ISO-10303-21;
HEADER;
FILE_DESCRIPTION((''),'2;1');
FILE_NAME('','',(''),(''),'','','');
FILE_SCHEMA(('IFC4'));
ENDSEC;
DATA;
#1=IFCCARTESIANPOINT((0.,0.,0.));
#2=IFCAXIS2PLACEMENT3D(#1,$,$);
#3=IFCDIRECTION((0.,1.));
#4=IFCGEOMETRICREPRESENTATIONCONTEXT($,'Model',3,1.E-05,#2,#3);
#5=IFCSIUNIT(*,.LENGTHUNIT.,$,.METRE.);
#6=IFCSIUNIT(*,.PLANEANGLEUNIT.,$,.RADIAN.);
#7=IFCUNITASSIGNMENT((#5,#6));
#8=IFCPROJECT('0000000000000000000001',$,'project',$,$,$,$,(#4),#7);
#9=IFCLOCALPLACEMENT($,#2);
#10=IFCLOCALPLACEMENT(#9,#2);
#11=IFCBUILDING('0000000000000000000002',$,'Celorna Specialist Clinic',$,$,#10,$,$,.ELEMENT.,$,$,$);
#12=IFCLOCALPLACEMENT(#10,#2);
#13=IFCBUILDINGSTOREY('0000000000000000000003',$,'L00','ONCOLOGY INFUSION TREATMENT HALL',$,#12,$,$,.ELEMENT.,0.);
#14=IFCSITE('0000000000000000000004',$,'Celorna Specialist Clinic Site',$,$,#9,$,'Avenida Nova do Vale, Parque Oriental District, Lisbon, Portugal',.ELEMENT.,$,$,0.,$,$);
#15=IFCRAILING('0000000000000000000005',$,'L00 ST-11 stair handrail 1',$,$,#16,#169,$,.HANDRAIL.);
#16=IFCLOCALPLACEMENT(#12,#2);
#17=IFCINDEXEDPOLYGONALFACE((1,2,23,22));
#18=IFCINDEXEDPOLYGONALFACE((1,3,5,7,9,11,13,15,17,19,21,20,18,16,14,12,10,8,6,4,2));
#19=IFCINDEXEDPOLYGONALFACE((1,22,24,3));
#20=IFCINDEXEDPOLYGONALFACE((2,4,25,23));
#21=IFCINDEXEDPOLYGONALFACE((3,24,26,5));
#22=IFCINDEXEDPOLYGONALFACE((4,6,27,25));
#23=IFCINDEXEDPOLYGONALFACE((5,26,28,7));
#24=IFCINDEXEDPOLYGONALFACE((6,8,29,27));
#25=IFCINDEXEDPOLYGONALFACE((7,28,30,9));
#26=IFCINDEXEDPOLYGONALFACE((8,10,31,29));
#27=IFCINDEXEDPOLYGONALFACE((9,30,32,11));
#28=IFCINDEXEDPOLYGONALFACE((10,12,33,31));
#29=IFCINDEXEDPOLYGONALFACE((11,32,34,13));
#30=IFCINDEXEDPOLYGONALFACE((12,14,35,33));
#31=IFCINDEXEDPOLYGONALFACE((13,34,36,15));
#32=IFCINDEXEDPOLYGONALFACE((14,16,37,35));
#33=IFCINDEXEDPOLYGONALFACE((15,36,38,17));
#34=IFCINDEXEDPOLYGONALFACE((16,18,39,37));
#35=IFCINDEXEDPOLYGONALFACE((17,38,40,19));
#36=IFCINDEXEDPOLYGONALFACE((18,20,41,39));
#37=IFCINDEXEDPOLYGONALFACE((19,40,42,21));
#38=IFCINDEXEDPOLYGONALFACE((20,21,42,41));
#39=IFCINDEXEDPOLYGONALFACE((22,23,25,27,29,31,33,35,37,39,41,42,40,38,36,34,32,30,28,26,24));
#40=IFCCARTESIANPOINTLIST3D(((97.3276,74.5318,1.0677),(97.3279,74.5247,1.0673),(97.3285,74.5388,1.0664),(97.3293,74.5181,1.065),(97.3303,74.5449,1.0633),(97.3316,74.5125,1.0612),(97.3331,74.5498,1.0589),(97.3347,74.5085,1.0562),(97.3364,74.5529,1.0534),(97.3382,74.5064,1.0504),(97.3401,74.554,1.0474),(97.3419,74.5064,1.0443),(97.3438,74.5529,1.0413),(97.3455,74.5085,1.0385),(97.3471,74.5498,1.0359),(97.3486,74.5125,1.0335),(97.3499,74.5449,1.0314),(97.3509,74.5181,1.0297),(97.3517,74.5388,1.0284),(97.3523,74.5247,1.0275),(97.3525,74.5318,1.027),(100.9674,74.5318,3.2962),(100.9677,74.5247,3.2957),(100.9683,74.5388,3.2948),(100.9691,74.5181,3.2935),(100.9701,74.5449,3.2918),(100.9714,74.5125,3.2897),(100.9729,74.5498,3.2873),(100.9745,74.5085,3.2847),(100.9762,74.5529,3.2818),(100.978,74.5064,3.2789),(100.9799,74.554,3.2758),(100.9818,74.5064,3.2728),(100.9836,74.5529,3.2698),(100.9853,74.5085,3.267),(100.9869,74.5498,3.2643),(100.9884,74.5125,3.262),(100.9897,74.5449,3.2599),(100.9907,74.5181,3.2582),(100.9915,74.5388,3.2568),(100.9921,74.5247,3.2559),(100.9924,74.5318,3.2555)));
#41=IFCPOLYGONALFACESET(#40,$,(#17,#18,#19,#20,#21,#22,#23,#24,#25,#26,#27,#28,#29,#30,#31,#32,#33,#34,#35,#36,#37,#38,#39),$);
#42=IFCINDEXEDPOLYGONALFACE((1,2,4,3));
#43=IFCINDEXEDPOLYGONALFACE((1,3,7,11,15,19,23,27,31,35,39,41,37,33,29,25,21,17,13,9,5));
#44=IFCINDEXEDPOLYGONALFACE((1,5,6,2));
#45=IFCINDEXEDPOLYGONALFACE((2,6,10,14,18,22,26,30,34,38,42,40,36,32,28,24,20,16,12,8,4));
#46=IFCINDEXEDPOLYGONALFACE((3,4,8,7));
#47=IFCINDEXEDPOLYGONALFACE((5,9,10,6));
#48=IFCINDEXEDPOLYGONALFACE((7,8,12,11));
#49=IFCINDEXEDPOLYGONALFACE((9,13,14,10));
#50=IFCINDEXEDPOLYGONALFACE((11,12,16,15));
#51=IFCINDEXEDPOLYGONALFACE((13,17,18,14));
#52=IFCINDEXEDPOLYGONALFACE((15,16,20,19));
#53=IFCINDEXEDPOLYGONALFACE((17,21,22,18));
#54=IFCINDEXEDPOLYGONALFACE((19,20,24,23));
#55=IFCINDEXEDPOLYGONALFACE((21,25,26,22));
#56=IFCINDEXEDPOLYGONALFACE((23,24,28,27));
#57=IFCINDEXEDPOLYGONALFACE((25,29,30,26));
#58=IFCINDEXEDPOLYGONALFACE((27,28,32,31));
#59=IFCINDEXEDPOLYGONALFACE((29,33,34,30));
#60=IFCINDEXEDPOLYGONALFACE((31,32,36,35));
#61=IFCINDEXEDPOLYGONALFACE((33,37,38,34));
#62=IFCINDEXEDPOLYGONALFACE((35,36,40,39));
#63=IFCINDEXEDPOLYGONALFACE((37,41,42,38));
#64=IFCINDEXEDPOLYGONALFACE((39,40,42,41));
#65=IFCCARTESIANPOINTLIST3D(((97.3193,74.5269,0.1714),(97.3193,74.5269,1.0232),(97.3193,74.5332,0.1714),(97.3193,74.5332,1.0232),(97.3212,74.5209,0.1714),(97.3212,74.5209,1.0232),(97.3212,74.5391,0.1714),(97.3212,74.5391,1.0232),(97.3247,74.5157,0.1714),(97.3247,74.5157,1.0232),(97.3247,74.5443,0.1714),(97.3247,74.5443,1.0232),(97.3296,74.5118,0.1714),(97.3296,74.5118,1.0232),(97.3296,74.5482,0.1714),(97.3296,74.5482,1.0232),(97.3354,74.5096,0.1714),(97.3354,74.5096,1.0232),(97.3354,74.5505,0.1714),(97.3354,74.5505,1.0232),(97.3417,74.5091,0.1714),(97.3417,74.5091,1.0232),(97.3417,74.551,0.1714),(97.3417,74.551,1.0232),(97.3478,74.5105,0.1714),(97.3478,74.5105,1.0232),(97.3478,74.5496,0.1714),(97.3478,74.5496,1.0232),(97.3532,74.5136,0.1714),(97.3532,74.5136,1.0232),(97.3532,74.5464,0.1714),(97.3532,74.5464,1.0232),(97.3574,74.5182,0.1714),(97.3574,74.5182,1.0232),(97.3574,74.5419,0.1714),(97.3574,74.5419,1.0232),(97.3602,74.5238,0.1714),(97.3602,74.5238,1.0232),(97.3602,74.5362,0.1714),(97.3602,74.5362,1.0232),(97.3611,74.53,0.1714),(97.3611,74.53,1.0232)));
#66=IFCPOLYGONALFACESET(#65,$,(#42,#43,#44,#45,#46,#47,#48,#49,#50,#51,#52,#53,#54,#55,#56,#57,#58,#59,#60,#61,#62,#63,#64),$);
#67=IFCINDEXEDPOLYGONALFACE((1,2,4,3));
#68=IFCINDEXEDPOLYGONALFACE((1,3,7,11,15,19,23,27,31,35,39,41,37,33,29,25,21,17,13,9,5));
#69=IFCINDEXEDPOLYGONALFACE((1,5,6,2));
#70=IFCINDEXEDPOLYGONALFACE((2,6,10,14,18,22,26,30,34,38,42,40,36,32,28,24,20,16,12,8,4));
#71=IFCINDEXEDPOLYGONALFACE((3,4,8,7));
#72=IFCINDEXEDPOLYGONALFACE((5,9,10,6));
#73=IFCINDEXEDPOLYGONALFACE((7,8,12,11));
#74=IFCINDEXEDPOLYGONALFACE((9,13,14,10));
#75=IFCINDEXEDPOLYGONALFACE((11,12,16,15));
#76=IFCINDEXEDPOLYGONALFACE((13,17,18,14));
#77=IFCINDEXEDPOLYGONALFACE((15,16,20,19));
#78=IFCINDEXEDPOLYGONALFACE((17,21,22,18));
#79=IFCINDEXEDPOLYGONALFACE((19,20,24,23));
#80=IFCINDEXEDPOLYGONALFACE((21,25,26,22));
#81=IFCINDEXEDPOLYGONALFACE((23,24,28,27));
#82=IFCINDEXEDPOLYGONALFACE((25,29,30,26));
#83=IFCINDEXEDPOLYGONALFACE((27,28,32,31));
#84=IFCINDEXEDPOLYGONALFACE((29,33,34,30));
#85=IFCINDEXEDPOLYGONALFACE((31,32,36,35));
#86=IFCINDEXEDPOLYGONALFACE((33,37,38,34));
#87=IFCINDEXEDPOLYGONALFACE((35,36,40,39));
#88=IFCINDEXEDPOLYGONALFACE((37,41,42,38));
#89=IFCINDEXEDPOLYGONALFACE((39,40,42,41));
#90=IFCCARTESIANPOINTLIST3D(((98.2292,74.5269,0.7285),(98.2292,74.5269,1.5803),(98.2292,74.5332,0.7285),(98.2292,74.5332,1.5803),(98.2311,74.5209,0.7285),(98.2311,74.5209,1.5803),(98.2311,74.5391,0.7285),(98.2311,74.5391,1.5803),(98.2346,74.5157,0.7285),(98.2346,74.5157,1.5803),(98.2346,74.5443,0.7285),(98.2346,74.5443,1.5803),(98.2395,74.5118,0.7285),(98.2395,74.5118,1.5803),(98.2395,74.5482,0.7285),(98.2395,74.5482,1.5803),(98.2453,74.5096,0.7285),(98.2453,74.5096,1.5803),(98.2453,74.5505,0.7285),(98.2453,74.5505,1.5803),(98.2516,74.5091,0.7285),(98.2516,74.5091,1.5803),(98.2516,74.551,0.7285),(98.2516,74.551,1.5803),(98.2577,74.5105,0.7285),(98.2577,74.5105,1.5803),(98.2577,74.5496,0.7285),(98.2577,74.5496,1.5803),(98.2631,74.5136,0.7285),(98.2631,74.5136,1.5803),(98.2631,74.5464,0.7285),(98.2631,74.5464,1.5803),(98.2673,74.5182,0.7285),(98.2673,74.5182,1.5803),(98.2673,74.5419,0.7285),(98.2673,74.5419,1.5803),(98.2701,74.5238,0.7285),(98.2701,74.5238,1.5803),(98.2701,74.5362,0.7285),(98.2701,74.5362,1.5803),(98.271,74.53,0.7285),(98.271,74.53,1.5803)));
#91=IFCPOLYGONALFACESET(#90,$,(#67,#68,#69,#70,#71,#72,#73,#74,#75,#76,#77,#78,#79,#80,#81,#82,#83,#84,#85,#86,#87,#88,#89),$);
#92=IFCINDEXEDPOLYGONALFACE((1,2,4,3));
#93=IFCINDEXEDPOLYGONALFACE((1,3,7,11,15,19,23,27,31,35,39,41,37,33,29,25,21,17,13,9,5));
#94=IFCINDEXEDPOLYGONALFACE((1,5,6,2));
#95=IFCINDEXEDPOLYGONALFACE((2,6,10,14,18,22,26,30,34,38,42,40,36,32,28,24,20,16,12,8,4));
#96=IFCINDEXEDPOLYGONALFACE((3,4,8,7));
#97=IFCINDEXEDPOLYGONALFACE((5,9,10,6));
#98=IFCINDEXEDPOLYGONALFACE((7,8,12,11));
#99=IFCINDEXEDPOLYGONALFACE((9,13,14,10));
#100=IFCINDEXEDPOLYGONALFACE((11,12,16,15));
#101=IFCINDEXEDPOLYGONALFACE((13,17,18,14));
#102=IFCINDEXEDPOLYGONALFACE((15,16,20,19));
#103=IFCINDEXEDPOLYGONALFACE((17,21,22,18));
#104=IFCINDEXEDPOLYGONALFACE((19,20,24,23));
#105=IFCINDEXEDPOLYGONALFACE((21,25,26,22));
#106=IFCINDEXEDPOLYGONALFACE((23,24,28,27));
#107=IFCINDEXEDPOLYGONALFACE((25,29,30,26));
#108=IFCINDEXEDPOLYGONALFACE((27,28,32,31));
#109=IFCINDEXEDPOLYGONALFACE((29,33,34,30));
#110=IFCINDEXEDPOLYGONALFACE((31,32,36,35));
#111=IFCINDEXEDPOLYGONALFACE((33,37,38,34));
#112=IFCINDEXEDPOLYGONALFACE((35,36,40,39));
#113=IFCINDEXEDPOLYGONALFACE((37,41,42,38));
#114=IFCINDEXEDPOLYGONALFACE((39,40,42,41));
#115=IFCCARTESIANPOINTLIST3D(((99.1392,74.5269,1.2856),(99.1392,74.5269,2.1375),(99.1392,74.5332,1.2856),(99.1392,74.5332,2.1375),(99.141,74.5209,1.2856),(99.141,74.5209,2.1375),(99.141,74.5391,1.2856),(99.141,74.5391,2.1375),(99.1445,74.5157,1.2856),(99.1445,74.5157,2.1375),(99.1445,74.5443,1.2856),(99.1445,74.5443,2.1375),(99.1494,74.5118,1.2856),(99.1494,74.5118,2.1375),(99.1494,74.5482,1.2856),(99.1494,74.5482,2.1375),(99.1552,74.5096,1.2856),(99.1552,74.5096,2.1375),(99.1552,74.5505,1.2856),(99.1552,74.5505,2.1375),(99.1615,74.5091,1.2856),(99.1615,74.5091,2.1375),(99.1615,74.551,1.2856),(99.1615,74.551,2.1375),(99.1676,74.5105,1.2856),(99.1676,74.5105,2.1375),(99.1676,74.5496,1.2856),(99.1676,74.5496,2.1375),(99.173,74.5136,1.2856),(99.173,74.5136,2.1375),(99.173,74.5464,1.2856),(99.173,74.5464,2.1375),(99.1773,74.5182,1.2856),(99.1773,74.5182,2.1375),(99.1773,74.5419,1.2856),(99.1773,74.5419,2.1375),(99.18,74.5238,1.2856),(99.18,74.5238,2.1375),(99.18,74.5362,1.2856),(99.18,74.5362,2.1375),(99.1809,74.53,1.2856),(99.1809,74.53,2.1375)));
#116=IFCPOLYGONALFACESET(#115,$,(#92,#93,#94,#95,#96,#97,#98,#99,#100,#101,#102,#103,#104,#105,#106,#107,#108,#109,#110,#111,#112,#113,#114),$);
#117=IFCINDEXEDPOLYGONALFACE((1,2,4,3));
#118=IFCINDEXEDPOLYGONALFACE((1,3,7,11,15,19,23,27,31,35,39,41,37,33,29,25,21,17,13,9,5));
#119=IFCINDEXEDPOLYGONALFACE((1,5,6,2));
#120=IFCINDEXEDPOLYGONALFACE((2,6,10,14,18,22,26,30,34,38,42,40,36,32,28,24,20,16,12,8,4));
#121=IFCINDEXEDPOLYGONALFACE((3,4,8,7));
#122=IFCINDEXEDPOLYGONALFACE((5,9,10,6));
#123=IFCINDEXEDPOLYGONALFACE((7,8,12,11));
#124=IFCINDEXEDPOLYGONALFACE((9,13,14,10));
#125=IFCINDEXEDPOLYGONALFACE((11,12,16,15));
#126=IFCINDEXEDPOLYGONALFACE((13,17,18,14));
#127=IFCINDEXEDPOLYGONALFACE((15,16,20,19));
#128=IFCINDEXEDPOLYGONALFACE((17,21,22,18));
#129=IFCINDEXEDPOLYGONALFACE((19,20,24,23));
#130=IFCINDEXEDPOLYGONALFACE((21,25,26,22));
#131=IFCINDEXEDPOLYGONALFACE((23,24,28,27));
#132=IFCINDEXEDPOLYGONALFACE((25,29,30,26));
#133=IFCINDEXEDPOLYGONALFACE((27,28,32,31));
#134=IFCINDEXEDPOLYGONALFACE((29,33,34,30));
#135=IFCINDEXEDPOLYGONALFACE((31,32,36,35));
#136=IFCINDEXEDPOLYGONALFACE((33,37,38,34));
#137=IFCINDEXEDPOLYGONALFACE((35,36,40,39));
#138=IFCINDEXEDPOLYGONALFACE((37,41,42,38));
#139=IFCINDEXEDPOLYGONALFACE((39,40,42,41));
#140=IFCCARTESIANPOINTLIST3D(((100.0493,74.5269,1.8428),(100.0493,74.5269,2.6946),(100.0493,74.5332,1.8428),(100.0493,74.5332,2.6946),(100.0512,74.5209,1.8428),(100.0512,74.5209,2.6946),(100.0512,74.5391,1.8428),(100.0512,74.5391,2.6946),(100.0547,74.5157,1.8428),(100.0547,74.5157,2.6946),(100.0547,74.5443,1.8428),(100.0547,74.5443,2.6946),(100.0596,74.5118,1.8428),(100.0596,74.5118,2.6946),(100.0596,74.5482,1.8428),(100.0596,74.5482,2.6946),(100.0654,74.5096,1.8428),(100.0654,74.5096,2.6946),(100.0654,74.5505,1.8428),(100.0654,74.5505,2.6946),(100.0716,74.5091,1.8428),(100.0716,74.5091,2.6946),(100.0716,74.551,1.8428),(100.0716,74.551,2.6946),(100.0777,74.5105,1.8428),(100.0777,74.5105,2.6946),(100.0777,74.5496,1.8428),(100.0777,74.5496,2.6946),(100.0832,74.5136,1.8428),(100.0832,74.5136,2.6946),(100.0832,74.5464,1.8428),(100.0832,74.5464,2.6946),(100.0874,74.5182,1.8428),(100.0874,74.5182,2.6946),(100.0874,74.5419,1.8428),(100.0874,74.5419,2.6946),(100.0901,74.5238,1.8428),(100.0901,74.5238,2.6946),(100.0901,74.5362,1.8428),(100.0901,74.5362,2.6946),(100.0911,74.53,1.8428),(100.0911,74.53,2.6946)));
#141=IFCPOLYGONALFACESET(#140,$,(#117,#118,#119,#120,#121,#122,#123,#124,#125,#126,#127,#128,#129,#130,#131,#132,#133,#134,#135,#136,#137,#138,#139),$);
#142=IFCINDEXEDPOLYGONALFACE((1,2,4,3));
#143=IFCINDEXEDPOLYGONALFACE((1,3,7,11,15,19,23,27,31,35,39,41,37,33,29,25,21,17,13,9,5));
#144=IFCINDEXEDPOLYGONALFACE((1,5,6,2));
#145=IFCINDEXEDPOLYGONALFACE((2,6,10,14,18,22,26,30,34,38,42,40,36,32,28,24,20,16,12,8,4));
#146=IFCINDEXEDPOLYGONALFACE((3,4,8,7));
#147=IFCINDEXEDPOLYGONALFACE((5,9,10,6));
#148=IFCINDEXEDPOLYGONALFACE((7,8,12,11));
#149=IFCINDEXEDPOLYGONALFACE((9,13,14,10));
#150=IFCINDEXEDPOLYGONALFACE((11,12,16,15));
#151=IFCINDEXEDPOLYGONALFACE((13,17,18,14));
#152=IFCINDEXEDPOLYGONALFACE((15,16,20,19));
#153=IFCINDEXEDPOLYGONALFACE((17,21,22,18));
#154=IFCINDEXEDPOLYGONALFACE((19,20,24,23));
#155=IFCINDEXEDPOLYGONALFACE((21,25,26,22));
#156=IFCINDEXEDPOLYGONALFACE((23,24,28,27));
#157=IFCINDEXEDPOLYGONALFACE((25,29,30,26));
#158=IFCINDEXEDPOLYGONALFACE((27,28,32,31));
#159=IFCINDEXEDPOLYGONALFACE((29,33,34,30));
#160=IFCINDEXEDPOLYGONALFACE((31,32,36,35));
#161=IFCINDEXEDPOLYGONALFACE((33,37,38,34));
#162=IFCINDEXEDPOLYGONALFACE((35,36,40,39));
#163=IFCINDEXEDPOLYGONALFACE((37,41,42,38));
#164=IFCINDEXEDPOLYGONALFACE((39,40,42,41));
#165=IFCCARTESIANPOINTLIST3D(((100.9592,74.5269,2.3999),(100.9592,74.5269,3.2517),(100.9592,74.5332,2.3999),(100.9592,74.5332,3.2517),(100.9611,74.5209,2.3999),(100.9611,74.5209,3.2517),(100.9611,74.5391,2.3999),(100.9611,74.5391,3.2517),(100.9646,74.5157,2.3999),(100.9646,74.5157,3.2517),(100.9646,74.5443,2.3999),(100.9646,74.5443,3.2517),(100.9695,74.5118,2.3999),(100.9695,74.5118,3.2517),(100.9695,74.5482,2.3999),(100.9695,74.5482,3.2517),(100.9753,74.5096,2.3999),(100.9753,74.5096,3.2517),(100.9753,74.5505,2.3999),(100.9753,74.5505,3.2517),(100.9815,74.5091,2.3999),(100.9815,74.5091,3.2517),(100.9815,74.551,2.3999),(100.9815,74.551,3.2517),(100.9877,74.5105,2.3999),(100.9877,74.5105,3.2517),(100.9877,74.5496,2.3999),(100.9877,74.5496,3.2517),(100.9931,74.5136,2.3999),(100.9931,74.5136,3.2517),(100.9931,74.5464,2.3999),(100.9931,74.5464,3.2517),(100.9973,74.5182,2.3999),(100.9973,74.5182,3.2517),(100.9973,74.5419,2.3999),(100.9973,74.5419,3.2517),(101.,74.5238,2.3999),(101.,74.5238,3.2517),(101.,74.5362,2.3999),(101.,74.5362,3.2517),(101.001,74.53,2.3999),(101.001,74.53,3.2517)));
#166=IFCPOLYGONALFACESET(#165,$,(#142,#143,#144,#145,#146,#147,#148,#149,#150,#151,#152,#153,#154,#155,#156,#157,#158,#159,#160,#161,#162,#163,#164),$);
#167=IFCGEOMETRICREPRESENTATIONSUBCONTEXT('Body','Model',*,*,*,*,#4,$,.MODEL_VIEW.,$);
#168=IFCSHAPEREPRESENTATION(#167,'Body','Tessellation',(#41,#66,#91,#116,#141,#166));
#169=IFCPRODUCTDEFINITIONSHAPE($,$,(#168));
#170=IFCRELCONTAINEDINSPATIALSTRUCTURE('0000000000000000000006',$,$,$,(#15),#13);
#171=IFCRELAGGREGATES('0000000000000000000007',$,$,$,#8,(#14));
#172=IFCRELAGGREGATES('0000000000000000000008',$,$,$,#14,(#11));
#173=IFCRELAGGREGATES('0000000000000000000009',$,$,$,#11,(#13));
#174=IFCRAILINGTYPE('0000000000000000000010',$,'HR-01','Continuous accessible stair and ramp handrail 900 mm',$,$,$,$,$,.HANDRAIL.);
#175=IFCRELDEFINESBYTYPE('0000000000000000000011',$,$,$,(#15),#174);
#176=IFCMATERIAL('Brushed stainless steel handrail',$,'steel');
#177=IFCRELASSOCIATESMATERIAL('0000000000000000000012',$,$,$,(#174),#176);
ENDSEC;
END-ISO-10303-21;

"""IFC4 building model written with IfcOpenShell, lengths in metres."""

from ifc_helpers import new_model, si_unit, direction, frame, origin, origin_2d, place, context, subcontext, project, spatial, circle, extrude, material, type_object, element, save


model = new_model("IFC4")

# Units and contexts
model_context = context("Model", 3, precision=1e-05, world=origin(), true_north=direction((0.0, 1.0)))
body_context = subcontext(model_context, "Body", "Model", "MODEL_VIEW")
ifc_project = project(units=[si_unit("LENGTHUNIT", "METRE"), si_unit("PLANEANGLEUNIT", "RADIAN")], contexts=[model_context])

# Site, building, storey
site_placement = place(None, origin())
site = spatial("IfcSite", under=ifc_project, at=site_placement, Name="Celorna Specialist Clinic Site", LongName="Avenida Nova do Vale, Parque Oriental District, Lisbon, Portugal", CompositionType="ELEMENT", RefElevation=0.0)
building_placement = place(site_placement, origin())
building = spatial("IfcBuilding", under=site, at=building_placement, Name="Celorna Specialist Clinic", CompositionType="ELEMENT")
storey_placement = place(building_placement, origin())
storey = spatial("IfcBuildingStorey", under=building, at=storey_placement, Name="L00", Description="ONCOLOGY INFUSION TREATMENT HALL", CompositionType="ELEMENT", Elevation=0.0)

# Railing
ifc_material_1 = material(Name="Brushed stainless steel handrail", Category="steel")
railing_type_1 = type_object("IfcRailingType", Name="HR-01", Description="Continuous accessible stair and ramp handrail 900 mm", PredefinedType="HANDRAIL", material=ifc_material_1)
railing_1_placement = place(storey_placement, frame((97.3401, 74.53, 0.1714)))
element("IfcRailing", 1, at=railing_1_placement, inside=storey, type_object=railing_type_1, Name="L00 ST-11 stair handrail 1", PredefinedType="HANDRAIL", context=body_context, shape_type="SweptSolid", body=[
    extrude(circle(Radius=0.0239, at=origin_2d()), frame((0.0, 0.0, 0.876), z_axis=(0.85285, 0.0, 0.522156), x_axis=(0.0, 1.0, 0.0)), (0.0, 0.0, 1.0), 4.2678),
    extrude(circle(Radius=0.021, at=origin_2d()), origin(), (0.0, 0.0, 1.0), 0.8518),
    extrude(circle(Radius=0.021, at=origin_2d()), frame((0.9099, 0.0, 0.5571)), (0.0, 0.0, 1.0), 0.8518),
    extrude(circle(Radius=0.021, at=origin_2d()), frame((1.8198, 0.0, 1.1143)), (0.0, 0.0, 1.0), 0.8518),
    extrude(circle(Radius=0.021, at=origin_2d()), frame((2.73, 0.0, 1.6714)), (0.0, 0.0, 1.0), 0.8518),
    extrude(circle(Radius=0.021, at=origin_2d()), frame((3.6399, 0.0, 2.2285)), (0.0, 0.0, 1.0), 0.8518),
])

save(model, "model.ifc")
